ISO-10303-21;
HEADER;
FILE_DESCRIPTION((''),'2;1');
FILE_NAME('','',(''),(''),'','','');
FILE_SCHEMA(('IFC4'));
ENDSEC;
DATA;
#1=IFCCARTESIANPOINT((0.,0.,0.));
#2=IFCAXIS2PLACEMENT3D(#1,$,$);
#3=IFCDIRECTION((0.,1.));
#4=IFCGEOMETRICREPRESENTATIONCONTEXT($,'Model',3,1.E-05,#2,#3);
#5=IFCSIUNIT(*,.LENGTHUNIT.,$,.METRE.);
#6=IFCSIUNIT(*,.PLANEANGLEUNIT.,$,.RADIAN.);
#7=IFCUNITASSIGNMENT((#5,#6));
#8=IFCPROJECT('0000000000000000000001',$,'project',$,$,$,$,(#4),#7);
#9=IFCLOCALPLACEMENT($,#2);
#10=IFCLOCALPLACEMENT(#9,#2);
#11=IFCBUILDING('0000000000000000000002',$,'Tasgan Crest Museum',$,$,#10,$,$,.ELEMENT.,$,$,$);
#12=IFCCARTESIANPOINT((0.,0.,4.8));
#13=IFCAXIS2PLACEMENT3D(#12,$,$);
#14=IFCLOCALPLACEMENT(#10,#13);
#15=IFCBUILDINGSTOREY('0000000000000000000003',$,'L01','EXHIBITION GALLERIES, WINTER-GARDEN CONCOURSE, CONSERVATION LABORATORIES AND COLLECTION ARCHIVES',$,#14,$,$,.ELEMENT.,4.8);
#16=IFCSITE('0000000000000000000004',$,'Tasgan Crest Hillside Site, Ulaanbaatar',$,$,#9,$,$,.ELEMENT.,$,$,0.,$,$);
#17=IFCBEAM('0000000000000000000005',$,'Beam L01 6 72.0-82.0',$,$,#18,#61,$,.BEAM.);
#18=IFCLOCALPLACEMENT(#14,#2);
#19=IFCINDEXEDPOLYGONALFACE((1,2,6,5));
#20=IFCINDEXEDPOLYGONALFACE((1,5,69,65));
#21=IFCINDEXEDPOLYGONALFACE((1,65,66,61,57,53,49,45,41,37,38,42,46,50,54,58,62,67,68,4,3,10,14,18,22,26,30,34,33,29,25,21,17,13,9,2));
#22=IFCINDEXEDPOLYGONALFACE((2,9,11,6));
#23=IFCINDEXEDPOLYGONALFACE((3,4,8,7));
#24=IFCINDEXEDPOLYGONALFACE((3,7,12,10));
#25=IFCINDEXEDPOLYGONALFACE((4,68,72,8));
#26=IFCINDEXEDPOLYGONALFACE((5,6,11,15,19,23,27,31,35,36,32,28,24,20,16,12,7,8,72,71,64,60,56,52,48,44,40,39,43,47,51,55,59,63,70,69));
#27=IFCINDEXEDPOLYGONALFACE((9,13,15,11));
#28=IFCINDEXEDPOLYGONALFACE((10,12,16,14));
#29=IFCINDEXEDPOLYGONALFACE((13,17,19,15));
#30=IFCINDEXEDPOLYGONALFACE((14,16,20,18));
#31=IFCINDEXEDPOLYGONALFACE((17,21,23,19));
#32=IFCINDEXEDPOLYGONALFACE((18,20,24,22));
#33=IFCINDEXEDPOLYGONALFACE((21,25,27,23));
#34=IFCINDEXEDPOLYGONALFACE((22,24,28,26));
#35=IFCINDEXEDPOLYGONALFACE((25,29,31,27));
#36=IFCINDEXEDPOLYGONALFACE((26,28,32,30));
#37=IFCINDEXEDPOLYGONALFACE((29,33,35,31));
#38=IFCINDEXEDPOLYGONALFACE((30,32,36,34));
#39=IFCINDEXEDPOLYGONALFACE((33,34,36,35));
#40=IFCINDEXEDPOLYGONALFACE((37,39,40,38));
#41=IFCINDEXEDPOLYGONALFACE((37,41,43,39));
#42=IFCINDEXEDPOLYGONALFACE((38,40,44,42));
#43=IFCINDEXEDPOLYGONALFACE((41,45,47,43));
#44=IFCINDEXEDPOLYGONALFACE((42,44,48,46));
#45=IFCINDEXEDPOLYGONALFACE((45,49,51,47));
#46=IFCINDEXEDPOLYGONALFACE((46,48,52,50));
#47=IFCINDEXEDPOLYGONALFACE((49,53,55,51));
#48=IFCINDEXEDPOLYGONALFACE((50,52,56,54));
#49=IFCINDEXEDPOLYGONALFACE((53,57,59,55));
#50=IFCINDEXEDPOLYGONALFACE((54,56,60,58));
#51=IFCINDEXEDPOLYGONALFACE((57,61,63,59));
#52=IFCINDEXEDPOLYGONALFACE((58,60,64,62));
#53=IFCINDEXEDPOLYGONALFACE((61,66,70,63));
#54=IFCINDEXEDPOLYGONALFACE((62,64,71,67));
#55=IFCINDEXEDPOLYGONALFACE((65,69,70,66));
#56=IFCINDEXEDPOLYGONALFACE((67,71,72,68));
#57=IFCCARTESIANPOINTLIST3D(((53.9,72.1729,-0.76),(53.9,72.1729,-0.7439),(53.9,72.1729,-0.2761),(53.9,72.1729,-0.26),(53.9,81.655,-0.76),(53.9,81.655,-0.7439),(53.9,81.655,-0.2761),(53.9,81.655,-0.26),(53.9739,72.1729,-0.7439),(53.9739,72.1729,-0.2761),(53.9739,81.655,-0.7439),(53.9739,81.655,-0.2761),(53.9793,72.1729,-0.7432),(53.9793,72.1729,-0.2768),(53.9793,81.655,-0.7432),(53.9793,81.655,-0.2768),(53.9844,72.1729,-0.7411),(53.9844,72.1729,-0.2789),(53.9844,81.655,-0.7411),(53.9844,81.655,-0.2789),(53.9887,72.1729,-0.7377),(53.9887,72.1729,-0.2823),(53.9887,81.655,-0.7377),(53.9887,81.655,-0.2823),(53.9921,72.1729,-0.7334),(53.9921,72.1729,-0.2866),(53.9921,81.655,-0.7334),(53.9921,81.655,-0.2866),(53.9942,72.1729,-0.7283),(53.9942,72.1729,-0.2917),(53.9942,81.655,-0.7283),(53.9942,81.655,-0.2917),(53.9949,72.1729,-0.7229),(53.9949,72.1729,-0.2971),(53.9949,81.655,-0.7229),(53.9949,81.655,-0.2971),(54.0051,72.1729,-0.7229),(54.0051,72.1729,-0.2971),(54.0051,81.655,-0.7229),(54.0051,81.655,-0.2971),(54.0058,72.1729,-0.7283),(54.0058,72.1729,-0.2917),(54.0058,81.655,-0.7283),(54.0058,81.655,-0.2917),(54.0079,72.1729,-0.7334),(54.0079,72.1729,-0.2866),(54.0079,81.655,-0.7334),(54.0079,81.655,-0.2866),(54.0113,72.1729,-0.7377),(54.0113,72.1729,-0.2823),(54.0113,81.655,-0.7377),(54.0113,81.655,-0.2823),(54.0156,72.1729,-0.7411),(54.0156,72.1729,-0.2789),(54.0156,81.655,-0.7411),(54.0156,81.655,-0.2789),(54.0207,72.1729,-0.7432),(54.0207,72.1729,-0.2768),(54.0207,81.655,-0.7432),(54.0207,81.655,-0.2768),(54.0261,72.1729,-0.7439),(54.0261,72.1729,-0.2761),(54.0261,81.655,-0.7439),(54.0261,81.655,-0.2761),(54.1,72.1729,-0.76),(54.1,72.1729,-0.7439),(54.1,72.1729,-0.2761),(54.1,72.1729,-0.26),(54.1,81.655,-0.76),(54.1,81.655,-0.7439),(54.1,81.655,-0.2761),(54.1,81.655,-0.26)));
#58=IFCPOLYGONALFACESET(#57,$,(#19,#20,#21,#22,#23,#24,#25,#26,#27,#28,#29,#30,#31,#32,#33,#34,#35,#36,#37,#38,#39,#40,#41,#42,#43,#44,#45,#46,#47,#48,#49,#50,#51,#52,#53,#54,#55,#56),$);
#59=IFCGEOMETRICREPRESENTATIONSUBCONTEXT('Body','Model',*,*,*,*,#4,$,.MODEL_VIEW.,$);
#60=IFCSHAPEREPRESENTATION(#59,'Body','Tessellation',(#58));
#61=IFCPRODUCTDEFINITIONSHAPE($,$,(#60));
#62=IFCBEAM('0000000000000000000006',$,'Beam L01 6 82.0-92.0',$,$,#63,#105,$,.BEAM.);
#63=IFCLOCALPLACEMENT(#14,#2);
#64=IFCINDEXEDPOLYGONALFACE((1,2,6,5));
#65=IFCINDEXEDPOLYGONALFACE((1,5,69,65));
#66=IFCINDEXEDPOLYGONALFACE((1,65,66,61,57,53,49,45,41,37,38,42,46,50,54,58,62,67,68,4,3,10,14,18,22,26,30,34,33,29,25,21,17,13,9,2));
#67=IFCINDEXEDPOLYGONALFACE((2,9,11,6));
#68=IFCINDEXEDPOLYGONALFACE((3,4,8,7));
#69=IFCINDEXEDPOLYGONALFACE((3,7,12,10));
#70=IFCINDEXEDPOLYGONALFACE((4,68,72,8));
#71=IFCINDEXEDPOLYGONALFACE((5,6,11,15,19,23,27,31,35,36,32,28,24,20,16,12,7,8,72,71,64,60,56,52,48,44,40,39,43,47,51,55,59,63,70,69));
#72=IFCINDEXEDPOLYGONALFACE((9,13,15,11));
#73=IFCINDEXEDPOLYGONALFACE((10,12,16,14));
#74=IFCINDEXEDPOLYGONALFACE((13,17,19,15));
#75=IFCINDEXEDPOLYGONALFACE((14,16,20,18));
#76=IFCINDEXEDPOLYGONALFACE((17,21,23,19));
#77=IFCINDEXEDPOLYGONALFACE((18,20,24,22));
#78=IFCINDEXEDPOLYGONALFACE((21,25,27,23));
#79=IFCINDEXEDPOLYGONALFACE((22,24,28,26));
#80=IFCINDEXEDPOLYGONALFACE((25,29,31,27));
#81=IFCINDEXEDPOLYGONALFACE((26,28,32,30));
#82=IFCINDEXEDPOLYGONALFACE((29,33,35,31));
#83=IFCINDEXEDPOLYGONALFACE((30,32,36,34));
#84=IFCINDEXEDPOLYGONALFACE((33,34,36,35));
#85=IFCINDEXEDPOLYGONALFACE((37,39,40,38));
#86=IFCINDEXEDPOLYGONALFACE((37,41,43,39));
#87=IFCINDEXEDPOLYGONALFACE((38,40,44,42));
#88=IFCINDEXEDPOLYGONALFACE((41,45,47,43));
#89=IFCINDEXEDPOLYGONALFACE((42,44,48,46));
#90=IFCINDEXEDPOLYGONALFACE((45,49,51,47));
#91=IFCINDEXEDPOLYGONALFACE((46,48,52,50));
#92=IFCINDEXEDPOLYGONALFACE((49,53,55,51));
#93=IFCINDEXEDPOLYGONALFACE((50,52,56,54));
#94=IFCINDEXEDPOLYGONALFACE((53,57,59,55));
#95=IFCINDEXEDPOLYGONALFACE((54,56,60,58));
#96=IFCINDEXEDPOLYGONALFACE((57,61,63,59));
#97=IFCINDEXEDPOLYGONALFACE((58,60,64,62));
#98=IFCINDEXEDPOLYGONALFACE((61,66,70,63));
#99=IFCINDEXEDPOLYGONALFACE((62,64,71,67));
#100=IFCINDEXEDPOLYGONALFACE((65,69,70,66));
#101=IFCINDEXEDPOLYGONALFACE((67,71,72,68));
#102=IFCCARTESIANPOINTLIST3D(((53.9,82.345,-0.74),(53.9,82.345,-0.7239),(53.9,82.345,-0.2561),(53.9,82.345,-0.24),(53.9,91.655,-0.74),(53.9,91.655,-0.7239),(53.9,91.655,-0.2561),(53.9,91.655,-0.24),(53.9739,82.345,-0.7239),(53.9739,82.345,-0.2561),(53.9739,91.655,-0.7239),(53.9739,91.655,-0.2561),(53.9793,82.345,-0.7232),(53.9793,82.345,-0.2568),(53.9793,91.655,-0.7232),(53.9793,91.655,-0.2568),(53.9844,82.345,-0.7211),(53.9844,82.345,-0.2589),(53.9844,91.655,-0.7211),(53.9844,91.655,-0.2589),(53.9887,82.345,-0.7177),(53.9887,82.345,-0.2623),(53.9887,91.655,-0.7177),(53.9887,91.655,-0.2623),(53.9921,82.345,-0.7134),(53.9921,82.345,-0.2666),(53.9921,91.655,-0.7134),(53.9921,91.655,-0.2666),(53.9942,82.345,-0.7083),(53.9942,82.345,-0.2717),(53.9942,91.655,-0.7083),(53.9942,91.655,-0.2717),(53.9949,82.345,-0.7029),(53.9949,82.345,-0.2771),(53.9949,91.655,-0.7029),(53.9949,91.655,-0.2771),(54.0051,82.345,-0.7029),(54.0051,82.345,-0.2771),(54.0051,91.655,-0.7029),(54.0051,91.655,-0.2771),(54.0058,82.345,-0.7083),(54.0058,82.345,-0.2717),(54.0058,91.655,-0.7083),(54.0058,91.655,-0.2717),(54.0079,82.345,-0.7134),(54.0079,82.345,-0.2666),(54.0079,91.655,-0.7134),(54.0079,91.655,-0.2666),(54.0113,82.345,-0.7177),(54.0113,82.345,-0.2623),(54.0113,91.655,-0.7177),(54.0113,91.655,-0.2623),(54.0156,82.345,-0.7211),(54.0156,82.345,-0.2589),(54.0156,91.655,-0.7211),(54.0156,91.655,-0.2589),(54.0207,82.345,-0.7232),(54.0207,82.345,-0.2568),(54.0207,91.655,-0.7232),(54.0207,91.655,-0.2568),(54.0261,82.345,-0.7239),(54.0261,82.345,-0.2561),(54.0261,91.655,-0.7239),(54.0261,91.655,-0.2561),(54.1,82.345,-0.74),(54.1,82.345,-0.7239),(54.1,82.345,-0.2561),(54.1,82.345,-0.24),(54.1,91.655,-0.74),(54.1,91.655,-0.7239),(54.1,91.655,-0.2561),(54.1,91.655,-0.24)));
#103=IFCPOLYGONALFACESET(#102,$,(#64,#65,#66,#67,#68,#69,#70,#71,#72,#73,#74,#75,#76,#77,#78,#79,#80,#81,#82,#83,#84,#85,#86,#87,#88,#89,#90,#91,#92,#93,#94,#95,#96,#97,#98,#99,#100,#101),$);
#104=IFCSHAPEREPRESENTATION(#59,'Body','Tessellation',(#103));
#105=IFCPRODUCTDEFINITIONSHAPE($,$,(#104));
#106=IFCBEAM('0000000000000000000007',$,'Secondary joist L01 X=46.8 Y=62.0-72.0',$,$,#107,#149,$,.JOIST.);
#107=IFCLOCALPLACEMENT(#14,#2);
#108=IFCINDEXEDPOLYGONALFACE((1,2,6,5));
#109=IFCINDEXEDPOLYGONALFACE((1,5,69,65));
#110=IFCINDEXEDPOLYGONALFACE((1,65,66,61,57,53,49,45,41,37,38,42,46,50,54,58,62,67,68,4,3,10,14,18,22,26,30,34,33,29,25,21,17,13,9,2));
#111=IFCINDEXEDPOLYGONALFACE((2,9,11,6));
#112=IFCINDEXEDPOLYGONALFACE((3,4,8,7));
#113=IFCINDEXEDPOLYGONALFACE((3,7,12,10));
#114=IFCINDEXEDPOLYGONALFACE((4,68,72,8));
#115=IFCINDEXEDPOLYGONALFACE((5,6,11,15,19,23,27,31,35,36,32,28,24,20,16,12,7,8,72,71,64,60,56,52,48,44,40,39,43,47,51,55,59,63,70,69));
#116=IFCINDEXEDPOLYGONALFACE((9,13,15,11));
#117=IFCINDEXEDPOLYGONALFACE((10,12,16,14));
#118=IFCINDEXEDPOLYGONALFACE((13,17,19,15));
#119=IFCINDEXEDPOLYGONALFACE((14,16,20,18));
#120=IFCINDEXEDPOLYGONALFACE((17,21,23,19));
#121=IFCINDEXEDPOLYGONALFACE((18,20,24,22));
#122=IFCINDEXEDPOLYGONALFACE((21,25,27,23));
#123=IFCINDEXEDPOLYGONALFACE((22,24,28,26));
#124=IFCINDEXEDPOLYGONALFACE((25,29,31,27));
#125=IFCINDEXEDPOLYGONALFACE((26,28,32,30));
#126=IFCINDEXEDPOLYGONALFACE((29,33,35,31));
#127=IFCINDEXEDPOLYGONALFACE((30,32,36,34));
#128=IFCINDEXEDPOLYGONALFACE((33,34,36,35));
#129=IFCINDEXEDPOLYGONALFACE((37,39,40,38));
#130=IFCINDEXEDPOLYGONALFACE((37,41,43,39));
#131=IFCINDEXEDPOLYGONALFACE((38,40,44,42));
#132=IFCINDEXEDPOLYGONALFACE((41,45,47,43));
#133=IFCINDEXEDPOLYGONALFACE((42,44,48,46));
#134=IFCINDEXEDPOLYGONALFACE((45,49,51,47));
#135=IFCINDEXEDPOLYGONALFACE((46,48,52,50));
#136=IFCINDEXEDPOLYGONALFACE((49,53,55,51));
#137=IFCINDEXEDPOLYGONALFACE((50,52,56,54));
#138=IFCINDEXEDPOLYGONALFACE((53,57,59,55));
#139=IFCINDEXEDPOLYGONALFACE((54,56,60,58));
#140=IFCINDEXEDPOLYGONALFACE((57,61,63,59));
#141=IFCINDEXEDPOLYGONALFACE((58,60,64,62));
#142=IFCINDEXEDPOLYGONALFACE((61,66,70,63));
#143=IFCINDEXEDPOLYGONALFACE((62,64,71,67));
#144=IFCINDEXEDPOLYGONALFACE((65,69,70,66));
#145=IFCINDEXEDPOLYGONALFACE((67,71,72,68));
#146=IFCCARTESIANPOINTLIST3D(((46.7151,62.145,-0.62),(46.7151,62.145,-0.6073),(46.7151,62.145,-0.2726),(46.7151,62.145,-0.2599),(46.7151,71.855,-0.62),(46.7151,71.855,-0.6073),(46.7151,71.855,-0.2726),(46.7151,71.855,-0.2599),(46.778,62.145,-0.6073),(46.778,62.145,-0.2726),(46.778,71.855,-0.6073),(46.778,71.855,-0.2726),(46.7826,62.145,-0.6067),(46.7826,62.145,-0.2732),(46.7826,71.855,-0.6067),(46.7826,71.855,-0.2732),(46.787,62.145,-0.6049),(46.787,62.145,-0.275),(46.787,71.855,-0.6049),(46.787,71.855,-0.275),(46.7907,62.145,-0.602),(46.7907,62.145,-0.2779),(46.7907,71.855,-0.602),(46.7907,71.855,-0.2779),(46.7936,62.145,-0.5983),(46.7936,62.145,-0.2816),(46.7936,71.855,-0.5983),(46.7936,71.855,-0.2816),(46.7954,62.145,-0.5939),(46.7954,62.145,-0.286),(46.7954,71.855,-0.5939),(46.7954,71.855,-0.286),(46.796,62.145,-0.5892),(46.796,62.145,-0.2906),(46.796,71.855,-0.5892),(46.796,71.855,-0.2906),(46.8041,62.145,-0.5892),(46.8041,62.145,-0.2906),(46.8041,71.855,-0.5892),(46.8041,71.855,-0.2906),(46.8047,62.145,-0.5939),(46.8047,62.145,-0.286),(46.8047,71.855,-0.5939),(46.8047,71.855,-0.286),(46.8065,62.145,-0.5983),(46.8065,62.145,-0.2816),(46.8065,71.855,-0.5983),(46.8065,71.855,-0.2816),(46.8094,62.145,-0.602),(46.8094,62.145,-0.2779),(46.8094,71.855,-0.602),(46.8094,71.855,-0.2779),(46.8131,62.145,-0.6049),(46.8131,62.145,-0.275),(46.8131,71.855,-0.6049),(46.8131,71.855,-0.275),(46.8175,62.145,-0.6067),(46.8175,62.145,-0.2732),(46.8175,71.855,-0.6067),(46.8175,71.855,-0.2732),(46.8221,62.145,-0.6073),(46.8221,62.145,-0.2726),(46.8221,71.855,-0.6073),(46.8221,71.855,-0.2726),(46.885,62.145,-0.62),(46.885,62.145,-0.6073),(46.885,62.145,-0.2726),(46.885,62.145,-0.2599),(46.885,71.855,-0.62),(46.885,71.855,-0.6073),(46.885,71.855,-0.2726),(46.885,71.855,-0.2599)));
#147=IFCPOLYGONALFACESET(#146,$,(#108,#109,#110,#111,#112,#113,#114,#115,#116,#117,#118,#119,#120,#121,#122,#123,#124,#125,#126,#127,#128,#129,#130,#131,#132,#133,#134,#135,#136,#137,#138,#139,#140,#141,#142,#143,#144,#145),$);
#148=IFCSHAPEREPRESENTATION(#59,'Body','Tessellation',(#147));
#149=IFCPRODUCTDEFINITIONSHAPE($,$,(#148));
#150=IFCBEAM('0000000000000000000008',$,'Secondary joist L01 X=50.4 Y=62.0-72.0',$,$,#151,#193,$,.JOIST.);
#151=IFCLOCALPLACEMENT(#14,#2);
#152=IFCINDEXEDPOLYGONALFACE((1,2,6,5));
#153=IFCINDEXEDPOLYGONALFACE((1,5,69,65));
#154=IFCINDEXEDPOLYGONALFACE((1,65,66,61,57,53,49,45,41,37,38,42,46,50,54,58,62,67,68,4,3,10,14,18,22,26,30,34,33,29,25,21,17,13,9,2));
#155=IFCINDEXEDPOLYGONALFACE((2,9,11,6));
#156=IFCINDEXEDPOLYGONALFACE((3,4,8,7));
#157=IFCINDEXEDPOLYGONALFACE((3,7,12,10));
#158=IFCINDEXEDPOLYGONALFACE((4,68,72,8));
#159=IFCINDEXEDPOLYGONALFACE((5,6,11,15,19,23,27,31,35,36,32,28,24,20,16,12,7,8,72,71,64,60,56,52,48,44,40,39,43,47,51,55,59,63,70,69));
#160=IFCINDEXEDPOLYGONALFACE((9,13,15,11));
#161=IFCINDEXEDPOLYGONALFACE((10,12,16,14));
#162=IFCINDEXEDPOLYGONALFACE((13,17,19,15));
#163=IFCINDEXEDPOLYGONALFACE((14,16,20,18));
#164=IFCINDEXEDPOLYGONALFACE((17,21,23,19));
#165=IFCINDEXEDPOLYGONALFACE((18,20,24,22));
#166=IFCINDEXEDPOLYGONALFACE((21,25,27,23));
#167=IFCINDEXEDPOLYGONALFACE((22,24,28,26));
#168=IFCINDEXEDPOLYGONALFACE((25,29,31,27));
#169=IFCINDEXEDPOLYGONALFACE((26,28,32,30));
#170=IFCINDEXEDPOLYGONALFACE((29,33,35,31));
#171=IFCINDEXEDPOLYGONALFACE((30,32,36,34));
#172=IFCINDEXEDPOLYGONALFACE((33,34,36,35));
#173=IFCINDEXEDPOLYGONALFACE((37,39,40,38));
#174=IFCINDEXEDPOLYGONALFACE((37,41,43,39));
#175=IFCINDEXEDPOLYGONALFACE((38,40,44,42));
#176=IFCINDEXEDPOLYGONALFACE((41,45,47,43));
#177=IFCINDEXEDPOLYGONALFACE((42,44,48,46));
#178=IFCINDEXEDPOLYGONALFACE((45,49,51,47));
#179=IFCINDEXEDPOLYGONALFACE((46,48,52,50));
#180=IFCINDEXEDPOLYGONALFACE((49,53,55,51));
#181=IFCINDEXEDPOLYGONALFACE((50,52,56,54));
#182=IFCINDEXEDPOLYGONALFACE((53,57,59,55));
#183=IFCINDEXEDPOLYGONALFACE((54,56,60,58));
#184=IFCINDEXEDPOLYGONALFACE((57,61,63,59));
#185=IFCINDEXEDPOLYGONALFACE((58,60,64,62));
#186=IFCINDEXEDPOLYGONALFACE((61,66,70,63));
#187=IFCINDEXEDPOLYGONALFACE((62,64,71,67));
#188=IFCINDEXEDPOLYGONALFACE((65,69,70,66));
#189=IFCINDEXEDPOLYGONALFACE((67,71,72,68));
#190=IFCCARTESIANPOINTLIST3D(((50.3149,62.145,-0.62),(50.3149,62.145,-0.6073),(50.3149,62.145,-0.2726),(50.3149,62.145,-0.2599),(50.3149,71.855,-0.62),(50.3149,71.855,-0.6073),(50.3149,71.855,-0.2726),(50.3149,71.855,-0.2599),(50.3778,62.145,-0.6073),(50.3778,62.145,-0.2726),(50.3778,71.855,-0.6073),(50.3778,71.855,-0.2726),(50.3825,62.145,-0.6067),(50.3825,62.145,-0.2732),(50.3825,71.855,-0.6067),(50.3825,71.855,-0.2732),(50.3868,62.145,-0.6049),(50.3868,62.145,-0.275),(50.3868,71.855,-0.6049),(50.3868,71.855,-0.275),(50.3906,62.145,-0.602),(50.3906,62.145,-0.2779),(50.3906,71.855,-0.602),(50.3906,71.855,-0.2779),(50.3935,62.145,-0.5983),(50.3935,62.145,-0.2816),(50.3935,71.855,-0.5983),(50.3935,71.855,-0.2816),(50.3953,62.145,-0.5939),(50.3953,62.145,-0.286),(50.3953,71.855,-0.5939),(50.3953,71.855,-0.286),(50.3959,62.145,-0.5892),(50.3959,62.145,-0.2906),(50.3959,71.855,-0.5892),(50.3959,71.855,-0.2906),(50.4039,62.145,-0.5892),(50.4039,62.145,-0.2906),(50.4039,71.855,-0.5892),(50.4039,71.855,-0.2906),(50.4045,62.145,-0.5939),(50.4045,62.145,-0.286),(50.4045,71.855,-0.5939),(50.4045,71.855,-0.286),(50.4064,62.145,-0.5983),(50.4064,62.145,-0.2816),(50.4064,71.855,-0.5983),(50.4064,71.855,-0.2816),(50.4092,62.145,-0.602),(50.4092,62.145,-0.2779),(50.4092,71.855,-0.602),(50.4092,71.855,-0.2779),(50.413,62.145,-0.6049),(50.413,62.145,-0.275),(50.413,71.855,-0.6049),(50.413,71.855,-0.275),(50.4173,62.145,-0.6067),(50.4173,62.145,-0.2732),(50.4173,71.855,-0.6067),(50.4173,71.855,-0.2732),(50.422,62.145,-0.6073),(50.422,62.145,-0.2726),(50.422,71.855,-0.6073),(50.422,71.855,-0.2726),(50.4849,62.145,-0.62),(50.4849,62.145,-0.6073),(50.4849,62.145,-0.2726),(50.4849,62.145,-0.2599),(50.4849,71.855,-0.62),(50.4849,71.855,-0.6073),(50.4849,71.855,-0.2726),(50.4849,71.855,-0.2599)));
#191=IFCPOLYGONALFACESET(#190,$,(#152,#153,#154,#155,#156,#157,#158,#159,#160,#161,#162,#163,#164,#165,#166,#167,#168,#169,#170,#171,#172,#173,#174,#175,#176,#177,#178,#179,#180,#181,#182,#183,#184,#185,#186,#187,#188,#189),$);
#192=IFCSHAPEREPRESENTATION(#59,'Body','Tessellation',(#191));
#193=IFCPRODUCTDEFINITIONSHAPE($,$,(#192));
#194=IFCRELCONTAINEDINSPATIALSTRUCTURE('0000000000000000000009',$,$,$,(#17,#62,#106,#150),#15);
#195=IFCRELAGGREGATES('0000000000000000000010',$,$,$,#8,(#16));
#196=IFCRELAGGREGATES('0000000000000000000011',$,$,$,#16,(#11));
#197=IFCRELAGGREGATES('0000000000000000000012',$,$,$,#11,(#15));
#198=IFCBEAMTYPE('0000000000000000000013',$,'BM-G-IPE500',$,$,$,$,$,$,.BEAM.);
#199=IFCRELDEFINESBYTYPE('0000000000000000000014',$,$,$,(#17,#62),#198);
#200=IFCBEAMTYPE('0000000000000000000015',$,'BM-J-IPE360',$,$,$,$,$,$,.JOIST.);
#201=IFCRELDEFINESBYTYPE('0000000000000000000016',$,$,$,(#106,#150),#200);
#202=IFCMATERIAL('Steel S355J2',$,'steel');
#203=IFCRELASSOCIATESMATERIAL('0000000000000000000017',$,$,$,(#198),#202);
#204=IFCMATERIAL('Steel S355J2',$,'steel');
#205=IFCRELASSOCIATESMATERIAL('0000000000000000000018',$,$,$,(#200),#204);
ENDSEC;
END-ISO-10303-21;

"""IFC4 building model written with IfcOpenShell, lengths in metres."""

from ifc_helpers import new_model, si_unit, direction, frame, origin, origin_2d, place, context, subcontext, project, spatial, i_section, extrude, material, material_profile, profile_set, type_object, element, save


model = new_model("IFC4")

# Units and contexts
model_context = context("Model", 3, precision=1e-05, world=origin(), true_north=direction((0.0, 1.0)))
body_context = subcontext(model_context, "Body", "Model", "MODEL_VIEW")
ifc_project = project(units=[si_unit("LENGTHUNIT", "METRE"), si_unit("PLANEANGLEUNIT", "RADIAN")], contexts=[model_context])

# Site, building, storey
site_placement = place(None, origin())
site = spatial("IfcSite", under=ifc_project, at=site_placement, Name="Tasgan Crest Hillside Site, Ulaanbaatar", CompositionType="ELEMENT", RefElevation=0.0)
building_placement = place(site_placement, origin())
building = spatial("IfcBuilding", under=site, at=building_placement, Name="Tasgan Crest Museum", CompositionType="ELEMENT")
storey_placement = place(building_placement, frame((0.0, 0.0, 4.8)))
storey = spatial("IfcBuildingStorey", under=building, at=storey_placement, Name="L01", Description="EXHIBITION GALLERIES, WINTER-GARDEN CONCOURSE, CONSERVATION LABORATORIES AND COLLECTION ARCHIVES", CompositionType="ELEMENT", Elevation=4.8)

# Beams
ifc_material_1 = material(Name="Steel S355J2", Category="steel")
ifc_material_profile_1 = material_profile(ifc_material_1, i_section(OverallWidth=0.2, OverallDepth=0.5, WebThickness=0.0103, FlangeThickness=0.0161, FilletRadius=0.021, at=origin_2d()), Name="IPE 500")
ifc_profile_set_1 = profile_set([ifc_material_profile_1], Name="Steel S355J2")
beam_type_1 = type_object("IfcBeamType", Name="BM-G-IPE500", PredefinedType="BEAM", material=ifc_profile_set_1)
beam_1_placement = place(storey_placement, frame((54.0, 72.1729, -0.51), z_axis=(0.0, 1.0, 0.0), x_axis=(-1.0, 0.0, 0.0)))
element("IfcBeam", 1, at=beam_1_placement, inside=storey, type_object=beam_type_1, Name="Beam L01 6 72.0-82.0", PredefinedType="BEAM", context=body_context, shape_type="SweptSolid", body=[
    extrude(i_section(OverallWidth=0.2, OverallDepth=0.5, WebThickness=0.0103, FlangeThickness=0.0161, FilletRadius=0.021, at=origin_2d()), origin(), (0.0, 0.0, 1.0), 9.4822),
])
beam_2_placement = place(storey_placement, frame((54.0, 82.345, -0.49), z_axis=(0.0, 1.0, 0.0), x_axis=(-1.0, 0.0, 0.0)))
element("IfcBeam", 2, at=beam_2_placement, inside=storey, type_object=beam_type_1, Name="Beam L01 6 82.0-92.0", PredefinedType="BEAM", context=body_context, shape_type="SweptSolid", body=[
    extrude(i_section(OverallWidth=0.2, OverallDepth=0.5, WebThickness=0.0103, FlangeThickness=0.0161, FilletRadius=0.021, at=origin_2d()), origin(), (0.0, 0.0, 1.0), 9.3101),
])
ifc_material_2 = material(Name="Steel S355J2", Category="steel")
ifc_material_profile_2 = material_profile(ifc_material_2, i_section(OverallWidth=0.1699, OverallDepth=0.3601, WebThickness=0.0081, FlangeThickness=0.0127, FilletRadius=0.0181, at=origin_2d()), Name="IPE 360")
ifc_profile_set_2 = profile_set([ifc_material_profile_2], Name="Steel S355J2")
beam_type_2 = type_object("IfcBeamType", Name="BM-J-IPE360", PredefinedType="JOIST", material=ifc_profile_set_2)
for number, where, z_axis, x_axis, name in (
    (3, (46.8, 62.145, -0.4399), (0.0, 1.0, 0.0), (-1.0, 0.0, 0.0), "Secondary joist L01 X=46.8 Y=62.0-72.0"),
    (4, (50.3999, 62.145, -0.4399), (0.0, 1.0, 0.0), (-1.0, 0.0, 0.0), "Secondary joist L01 X=50.4 Y=62.0-72.0"),
):
    element("IfcBeam", number, at=place(storey_placement, frame(where, z_axis=z_axis, x_axis=x_axis)), inside=storey, type_object=beam_type_2, Name=name, PredefinedType="JOIST", context=body_context, shape_type="SweptSolid", body=[
        extrude(i_section(OverallWidth=0.1699, OverallDepth=0.3601, WebThickness=0.0081, FlangeThickness=0.0127, FilletRadius=0.0181, at=origin_2d()), origin(), (0.0, 0.0, 1.0), 9.71),
    ])

save(model, "model.ifc")
